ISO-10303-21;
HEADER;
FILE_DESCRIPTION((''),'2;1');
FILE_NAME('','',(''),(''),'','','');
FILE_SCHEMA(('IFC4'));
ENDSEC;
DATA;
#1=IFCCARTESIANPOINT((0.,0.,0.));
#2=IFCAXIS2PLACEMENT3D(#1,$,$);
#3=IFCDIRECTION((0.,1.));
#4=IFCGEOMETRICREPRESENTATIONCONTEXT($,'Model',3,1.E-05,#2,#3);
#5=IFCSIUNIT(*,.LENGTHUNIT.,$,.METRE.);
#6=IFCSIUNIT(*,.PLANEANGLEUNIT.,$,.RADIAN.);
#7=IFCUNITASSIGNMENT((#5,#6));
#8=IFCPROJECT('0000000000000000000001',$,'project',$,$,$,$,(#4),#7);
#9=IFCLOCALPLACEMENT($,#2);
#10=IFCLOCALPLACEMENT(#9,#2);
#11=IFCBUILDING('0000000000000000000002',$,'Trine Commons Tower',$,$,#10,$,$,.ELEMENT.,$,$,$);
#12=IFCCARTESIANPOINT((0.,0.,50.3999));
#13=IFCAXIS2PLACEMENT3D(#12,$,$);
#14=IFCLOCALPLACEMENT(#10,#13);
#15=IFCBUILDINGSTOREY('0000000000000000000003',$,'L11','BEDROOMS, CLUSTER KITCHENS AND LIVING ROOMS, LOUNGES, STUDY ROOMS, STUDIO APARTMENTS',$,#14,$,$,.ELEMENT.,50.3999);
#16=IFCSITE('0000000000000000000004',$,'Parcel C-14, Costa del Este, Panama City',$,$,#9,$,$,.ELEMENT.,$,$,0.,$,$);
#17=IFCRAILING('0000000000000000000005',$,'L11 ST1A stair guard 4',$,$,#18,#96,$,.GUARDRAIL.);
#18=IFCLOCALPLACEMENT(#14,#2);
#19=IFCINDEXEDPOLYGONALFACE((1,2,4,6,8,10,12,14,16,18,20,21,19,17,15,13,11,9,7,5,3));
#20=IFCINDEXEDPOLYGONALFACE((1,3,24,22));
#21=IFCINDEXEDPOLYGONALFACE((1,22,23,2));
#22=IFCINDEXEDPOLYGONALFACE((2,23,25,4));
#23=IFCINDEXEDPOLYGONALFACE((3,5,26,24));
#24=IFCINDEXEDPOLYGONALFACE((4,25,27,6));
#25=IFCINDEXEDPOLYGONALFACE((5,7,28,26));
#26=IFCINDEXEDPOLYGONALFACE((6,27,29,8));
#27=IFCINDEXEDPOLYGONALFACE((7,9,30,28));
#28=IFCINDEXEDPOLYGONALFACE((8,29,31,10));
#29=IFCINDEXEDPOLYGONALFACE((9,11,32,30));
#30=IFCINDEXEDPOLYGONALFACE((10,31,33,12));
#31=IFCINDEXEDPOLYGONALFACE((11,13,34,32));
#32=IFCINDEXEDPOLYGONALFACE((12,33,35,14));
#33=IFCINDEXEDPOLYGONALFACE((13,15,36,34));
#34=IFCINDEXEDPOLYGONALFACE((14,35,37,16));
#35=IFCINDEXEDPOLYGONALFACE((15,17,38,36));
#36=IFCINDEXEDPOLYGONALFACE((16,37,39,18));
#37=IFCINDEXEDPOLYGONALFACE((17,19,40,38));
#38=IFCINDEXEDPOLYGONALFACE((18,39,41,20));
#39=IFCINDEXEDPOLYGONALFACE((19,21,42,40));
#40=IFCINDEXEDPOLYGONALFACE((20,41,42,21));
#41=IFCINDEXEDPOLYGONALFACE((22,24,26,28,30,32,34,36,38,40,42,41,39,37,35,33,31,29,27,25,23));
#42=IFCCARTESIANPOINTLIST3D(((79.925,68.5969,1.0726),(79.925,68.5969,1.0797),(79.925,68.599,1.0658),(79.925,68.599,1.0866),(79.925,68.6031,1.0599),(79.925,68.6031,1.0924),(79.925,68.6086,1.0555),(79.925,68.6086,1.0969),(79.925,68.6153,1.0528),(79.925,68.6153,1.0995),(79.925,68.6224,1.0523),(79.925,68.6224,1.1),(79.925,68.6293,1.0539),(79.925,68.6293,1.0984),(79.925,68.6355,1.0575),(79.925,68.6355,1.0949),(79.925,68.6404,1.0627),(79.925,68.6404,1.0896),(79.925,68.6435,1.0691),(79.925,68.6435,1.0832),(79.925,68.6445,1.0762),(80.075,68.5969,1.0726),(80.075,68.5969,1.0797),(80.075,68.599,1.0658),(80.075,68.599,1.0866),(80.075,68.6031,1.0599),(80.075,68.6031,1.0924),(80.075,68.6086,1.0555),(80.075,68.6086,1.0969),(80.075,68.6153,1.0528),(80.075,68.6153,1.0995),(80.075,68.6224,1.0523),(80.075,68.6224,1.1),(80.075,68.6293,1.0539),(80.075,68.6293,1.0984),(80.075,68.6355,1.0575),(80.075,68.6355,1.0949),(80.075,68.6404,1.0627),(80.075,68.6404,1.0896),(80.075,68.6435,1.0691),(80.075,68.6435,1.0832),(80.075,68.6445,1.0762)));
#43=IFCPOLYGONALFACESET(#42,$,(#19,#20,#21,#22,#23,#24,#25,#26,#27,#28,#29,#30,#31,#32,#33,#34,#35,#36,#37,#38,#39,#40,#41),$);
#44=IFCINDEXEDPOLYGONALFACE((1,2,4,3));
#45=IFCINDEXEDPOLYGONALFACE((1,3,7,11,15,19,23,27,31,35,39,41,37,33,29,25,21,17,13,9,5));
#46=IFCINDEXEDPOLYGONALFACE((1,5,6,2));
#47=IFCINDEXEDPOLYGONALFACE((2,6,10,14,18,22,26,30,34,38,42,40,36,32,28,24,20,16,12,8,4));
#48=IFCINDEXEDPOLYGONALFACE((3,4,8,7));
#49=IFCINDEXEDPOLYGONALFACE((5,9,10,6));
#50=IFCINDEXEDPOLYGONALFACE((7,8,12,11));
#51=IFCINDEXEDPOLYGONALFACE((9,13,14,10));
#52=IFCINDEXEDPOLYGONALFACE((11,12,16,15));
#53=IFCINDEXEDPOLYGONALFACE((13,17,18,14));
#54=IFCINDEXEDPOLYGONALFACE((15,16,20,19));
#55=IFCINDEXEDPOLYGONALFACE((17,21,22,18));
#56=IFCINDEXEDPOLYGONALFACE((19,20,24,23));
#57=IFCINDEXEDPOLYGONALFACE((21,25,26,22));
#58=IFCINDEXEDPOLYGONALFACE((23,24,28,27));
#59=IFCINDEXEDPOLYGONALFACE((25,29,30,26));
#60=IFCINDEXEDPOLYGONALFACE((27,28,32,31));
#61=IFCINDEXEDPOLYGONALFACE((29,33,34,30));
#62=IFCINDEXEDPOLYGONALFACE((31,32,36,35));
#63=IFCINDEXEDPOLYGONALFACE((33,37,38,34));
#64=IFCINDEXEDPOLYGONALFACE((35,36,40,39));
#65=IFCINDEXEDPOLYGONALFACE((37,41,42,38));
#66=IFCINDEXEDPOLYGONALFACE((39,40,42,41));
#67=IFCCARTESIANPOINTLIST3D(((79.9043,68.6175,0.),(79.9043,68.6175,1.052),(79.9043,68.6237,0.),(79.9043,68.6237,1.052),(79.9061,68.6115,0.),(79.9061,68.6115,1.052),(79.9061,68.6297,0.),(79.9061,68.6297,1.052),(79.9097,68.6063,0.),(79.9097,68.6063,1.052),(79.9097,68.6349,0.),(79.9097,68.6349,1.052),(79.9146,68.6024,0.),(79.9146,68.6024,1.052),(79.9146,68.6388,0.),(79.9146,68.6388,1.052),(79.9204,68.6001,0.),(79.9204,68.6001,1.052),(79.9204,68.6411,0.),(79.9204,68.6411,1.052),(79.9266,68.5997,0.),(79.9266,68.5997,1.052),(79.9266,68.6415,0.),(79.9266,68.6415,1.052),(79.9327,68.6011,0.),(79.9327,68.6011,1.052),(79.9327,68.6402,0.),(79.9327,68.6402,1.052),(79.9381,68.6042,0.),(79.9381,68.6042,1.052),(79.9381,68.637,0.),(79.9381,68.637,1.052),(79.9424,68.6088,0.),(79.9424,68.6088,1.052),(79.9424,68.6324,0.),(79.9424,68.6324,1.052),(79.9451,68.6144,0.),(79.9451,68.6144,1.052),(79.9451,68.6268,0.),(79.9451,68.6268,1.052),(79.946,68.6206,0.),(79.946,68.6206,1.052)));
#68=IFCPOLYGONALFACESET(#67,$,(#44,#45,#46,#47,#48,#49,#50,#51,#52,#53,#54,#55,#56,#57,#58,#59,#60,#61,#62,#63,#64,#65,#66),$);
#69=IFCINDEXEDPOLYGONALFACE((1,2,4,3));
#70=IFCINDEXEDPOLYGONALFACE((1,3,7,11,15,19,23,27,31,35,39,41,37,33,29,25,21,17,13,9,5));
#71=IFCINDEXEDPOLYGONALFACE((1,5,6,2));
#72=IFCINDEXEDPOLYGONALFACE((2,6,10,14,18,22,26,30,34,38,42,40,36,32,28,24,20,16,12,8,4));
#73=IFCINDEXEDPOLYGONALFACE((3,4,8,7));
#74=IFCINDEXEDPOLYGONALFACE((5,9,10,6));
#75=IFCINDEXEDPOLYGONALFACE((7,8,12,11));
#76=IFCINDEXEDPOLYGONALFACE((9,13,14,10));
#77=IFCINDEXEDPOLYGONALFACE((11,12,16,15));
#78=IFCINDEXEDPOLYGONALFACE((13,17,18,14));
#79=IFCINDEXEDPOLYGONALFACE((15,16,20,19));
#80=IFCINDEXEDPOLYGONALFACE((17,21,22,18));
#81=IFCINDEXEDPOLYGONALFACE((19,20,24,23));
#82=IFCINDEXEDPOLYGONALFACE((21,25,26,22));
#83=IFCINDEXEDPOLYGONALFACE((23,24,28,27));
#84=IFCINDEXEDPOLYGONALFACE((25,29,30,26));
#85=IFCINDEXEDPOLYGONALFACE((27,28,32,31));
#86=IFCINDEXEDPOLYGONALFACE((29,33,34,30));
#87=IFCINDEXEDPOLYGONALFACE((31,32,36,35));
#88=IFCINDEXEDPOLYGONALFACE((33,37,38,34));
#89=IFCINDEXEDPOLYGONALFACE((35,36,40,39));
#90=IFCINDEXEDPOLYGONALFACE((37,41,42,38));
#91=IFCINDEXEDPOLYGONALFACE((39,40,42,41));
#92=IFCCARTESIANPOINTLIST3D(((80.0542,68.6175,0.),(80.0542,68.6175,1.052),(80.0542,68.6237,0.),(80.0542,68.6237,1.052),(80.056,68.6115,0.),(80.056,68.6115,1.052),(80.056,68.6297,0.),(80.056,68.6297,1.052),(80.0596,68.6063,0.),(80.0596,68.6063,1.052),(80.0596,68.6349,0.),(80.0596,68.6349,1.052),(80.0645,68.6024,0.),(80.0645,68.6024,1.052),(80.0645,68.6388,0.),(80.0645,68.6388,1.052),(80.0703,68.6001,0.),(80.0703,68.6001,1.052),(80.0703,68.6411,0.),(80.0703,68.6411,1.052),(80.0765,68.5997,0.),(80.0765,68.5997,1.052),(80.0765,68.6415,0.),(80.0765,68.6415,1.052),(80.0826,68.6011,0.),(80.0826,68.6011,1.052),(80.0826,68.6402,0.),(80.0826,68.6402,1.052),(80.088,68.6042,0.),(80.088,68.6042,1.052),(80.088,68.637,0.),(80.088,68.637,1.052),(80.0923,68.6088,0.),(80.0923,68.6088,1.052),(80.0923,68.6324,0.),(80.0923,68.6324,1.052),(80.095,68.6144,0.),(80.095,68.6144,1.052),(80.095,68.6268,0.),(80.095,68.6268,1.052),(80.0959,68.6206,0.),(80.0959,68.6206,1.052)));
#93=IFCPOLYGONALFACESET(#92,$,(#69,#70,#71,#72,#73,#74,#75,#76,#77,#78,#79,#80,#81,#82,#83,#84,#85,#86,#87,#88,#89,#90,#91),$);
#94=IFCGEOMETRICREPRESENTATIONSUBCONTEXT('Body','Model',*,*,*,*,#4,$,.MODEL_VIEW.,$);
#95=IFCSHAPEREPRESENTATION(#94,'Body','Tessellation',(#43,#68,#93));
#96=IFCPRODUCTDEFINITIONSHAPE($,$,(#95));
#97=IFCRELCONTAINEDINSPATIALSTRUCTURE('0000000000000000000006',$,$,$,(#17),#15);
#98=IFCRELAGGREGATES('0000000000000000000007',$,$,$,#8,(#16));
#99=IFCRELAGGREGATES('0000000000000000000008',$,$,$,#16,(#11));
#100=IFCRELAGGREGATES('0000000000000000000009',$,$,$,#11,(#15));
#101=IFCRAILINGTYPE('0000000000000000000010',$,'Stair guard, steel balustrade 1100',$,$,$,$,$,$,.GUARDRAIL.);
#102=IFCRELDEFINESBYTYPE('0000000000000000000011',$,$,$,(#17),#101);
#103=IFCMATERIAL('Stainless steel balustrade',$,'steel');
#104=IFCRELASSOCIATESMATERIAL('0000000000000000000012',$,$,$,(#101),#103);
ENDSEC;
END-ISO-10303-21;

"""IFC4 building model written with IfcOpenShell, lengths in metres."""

from ifc_helpers import new_model, si_unit, direction, frame, origin, origin_2d, place, context, subcontext, project, spatial, circle, extrude, material, type_object, element, save


model = new_model("IFC4")

# Units and contexts
model_context = context("Model", 3, precision=1e-05, world=origin(), true_north=direction((0.0, 1.0)))
body_context = subcontext(model_context, "Body", "Model", "MODEL_VIEW")
ifc_project = project(units=[si_unit("LENGTHUNIT", "METRE"), si_unit("PLANEANGLEUNIT", "RADIAN")], contexts=[model_context])

# Site, building, storey
site_placement = place(None, origin())
site = spatial("IfcSite", under=ifc_project, at=site_placement, Name="Parcel C-14, Costa del Este, Panama City", CompositionType="ELEMENT", RefElevation=0.0)
building_placement = place(site_placement, origin())
building = spatial("IfcBuilding", under=site, at=building_placement, Name="Trine Commons Tower", CompositionType="ELEMENT")
storey_placement = place(building_placement, frame((0.0, 0.0, 50.3999)))
storey = spatial("IfcBuildingStorey", under=building, at=storey_placement, Name="L11", Description="BEDROOMS, CLUSTER KITCHENS AND LIVING ROOMS, LOUNGES, STUDY ROOMS, STUDIO APARTMENTS", CompositionType="ELEMENT", Elevation=50.3999)

# Railing
ifc_material_1 = material(Name="Stainless steel balustrade", Category="steel")
railing_type_1 = type_object("IfcRailingType", Name="Stair guard, steel balustrade 1100", PredefinedType="GUARDRAIL", material=ifc_material_1)
railing_1_placement = place(storey_placement, frame((79.925, 68.6206, 0.0)))
element("IfcRailing", 1, at=railing_1_placement, inside=storey, type_object=railing_type_1, Name="L11 ST1A stair guard 4", PredefinedType="GUARDRAIL", context=body_context, shape_type="SweptSolid", body=[
    extrude(circle(Radius=0.0239, at=origin_2d()), frame((0.0, 0.0, 1.0762), z_axis=(1.0, 0.0, 0.0), x_axis=(0.0, 1.0, 0.0)), (0.0, 0.0, 1.0), 0.1499),
    extrude(circle(Radius=0.021, at=origin_2d()), origin(), (0.0, 0.0, 1.0), 1.052),
    extrude(circle(Radius=0.021, at=origin_2d()), frame((0.1499, 0.0, 0.0)), (0.0, 0.0, 1.0), 1.052),
])

save(model, "model.ifc")
